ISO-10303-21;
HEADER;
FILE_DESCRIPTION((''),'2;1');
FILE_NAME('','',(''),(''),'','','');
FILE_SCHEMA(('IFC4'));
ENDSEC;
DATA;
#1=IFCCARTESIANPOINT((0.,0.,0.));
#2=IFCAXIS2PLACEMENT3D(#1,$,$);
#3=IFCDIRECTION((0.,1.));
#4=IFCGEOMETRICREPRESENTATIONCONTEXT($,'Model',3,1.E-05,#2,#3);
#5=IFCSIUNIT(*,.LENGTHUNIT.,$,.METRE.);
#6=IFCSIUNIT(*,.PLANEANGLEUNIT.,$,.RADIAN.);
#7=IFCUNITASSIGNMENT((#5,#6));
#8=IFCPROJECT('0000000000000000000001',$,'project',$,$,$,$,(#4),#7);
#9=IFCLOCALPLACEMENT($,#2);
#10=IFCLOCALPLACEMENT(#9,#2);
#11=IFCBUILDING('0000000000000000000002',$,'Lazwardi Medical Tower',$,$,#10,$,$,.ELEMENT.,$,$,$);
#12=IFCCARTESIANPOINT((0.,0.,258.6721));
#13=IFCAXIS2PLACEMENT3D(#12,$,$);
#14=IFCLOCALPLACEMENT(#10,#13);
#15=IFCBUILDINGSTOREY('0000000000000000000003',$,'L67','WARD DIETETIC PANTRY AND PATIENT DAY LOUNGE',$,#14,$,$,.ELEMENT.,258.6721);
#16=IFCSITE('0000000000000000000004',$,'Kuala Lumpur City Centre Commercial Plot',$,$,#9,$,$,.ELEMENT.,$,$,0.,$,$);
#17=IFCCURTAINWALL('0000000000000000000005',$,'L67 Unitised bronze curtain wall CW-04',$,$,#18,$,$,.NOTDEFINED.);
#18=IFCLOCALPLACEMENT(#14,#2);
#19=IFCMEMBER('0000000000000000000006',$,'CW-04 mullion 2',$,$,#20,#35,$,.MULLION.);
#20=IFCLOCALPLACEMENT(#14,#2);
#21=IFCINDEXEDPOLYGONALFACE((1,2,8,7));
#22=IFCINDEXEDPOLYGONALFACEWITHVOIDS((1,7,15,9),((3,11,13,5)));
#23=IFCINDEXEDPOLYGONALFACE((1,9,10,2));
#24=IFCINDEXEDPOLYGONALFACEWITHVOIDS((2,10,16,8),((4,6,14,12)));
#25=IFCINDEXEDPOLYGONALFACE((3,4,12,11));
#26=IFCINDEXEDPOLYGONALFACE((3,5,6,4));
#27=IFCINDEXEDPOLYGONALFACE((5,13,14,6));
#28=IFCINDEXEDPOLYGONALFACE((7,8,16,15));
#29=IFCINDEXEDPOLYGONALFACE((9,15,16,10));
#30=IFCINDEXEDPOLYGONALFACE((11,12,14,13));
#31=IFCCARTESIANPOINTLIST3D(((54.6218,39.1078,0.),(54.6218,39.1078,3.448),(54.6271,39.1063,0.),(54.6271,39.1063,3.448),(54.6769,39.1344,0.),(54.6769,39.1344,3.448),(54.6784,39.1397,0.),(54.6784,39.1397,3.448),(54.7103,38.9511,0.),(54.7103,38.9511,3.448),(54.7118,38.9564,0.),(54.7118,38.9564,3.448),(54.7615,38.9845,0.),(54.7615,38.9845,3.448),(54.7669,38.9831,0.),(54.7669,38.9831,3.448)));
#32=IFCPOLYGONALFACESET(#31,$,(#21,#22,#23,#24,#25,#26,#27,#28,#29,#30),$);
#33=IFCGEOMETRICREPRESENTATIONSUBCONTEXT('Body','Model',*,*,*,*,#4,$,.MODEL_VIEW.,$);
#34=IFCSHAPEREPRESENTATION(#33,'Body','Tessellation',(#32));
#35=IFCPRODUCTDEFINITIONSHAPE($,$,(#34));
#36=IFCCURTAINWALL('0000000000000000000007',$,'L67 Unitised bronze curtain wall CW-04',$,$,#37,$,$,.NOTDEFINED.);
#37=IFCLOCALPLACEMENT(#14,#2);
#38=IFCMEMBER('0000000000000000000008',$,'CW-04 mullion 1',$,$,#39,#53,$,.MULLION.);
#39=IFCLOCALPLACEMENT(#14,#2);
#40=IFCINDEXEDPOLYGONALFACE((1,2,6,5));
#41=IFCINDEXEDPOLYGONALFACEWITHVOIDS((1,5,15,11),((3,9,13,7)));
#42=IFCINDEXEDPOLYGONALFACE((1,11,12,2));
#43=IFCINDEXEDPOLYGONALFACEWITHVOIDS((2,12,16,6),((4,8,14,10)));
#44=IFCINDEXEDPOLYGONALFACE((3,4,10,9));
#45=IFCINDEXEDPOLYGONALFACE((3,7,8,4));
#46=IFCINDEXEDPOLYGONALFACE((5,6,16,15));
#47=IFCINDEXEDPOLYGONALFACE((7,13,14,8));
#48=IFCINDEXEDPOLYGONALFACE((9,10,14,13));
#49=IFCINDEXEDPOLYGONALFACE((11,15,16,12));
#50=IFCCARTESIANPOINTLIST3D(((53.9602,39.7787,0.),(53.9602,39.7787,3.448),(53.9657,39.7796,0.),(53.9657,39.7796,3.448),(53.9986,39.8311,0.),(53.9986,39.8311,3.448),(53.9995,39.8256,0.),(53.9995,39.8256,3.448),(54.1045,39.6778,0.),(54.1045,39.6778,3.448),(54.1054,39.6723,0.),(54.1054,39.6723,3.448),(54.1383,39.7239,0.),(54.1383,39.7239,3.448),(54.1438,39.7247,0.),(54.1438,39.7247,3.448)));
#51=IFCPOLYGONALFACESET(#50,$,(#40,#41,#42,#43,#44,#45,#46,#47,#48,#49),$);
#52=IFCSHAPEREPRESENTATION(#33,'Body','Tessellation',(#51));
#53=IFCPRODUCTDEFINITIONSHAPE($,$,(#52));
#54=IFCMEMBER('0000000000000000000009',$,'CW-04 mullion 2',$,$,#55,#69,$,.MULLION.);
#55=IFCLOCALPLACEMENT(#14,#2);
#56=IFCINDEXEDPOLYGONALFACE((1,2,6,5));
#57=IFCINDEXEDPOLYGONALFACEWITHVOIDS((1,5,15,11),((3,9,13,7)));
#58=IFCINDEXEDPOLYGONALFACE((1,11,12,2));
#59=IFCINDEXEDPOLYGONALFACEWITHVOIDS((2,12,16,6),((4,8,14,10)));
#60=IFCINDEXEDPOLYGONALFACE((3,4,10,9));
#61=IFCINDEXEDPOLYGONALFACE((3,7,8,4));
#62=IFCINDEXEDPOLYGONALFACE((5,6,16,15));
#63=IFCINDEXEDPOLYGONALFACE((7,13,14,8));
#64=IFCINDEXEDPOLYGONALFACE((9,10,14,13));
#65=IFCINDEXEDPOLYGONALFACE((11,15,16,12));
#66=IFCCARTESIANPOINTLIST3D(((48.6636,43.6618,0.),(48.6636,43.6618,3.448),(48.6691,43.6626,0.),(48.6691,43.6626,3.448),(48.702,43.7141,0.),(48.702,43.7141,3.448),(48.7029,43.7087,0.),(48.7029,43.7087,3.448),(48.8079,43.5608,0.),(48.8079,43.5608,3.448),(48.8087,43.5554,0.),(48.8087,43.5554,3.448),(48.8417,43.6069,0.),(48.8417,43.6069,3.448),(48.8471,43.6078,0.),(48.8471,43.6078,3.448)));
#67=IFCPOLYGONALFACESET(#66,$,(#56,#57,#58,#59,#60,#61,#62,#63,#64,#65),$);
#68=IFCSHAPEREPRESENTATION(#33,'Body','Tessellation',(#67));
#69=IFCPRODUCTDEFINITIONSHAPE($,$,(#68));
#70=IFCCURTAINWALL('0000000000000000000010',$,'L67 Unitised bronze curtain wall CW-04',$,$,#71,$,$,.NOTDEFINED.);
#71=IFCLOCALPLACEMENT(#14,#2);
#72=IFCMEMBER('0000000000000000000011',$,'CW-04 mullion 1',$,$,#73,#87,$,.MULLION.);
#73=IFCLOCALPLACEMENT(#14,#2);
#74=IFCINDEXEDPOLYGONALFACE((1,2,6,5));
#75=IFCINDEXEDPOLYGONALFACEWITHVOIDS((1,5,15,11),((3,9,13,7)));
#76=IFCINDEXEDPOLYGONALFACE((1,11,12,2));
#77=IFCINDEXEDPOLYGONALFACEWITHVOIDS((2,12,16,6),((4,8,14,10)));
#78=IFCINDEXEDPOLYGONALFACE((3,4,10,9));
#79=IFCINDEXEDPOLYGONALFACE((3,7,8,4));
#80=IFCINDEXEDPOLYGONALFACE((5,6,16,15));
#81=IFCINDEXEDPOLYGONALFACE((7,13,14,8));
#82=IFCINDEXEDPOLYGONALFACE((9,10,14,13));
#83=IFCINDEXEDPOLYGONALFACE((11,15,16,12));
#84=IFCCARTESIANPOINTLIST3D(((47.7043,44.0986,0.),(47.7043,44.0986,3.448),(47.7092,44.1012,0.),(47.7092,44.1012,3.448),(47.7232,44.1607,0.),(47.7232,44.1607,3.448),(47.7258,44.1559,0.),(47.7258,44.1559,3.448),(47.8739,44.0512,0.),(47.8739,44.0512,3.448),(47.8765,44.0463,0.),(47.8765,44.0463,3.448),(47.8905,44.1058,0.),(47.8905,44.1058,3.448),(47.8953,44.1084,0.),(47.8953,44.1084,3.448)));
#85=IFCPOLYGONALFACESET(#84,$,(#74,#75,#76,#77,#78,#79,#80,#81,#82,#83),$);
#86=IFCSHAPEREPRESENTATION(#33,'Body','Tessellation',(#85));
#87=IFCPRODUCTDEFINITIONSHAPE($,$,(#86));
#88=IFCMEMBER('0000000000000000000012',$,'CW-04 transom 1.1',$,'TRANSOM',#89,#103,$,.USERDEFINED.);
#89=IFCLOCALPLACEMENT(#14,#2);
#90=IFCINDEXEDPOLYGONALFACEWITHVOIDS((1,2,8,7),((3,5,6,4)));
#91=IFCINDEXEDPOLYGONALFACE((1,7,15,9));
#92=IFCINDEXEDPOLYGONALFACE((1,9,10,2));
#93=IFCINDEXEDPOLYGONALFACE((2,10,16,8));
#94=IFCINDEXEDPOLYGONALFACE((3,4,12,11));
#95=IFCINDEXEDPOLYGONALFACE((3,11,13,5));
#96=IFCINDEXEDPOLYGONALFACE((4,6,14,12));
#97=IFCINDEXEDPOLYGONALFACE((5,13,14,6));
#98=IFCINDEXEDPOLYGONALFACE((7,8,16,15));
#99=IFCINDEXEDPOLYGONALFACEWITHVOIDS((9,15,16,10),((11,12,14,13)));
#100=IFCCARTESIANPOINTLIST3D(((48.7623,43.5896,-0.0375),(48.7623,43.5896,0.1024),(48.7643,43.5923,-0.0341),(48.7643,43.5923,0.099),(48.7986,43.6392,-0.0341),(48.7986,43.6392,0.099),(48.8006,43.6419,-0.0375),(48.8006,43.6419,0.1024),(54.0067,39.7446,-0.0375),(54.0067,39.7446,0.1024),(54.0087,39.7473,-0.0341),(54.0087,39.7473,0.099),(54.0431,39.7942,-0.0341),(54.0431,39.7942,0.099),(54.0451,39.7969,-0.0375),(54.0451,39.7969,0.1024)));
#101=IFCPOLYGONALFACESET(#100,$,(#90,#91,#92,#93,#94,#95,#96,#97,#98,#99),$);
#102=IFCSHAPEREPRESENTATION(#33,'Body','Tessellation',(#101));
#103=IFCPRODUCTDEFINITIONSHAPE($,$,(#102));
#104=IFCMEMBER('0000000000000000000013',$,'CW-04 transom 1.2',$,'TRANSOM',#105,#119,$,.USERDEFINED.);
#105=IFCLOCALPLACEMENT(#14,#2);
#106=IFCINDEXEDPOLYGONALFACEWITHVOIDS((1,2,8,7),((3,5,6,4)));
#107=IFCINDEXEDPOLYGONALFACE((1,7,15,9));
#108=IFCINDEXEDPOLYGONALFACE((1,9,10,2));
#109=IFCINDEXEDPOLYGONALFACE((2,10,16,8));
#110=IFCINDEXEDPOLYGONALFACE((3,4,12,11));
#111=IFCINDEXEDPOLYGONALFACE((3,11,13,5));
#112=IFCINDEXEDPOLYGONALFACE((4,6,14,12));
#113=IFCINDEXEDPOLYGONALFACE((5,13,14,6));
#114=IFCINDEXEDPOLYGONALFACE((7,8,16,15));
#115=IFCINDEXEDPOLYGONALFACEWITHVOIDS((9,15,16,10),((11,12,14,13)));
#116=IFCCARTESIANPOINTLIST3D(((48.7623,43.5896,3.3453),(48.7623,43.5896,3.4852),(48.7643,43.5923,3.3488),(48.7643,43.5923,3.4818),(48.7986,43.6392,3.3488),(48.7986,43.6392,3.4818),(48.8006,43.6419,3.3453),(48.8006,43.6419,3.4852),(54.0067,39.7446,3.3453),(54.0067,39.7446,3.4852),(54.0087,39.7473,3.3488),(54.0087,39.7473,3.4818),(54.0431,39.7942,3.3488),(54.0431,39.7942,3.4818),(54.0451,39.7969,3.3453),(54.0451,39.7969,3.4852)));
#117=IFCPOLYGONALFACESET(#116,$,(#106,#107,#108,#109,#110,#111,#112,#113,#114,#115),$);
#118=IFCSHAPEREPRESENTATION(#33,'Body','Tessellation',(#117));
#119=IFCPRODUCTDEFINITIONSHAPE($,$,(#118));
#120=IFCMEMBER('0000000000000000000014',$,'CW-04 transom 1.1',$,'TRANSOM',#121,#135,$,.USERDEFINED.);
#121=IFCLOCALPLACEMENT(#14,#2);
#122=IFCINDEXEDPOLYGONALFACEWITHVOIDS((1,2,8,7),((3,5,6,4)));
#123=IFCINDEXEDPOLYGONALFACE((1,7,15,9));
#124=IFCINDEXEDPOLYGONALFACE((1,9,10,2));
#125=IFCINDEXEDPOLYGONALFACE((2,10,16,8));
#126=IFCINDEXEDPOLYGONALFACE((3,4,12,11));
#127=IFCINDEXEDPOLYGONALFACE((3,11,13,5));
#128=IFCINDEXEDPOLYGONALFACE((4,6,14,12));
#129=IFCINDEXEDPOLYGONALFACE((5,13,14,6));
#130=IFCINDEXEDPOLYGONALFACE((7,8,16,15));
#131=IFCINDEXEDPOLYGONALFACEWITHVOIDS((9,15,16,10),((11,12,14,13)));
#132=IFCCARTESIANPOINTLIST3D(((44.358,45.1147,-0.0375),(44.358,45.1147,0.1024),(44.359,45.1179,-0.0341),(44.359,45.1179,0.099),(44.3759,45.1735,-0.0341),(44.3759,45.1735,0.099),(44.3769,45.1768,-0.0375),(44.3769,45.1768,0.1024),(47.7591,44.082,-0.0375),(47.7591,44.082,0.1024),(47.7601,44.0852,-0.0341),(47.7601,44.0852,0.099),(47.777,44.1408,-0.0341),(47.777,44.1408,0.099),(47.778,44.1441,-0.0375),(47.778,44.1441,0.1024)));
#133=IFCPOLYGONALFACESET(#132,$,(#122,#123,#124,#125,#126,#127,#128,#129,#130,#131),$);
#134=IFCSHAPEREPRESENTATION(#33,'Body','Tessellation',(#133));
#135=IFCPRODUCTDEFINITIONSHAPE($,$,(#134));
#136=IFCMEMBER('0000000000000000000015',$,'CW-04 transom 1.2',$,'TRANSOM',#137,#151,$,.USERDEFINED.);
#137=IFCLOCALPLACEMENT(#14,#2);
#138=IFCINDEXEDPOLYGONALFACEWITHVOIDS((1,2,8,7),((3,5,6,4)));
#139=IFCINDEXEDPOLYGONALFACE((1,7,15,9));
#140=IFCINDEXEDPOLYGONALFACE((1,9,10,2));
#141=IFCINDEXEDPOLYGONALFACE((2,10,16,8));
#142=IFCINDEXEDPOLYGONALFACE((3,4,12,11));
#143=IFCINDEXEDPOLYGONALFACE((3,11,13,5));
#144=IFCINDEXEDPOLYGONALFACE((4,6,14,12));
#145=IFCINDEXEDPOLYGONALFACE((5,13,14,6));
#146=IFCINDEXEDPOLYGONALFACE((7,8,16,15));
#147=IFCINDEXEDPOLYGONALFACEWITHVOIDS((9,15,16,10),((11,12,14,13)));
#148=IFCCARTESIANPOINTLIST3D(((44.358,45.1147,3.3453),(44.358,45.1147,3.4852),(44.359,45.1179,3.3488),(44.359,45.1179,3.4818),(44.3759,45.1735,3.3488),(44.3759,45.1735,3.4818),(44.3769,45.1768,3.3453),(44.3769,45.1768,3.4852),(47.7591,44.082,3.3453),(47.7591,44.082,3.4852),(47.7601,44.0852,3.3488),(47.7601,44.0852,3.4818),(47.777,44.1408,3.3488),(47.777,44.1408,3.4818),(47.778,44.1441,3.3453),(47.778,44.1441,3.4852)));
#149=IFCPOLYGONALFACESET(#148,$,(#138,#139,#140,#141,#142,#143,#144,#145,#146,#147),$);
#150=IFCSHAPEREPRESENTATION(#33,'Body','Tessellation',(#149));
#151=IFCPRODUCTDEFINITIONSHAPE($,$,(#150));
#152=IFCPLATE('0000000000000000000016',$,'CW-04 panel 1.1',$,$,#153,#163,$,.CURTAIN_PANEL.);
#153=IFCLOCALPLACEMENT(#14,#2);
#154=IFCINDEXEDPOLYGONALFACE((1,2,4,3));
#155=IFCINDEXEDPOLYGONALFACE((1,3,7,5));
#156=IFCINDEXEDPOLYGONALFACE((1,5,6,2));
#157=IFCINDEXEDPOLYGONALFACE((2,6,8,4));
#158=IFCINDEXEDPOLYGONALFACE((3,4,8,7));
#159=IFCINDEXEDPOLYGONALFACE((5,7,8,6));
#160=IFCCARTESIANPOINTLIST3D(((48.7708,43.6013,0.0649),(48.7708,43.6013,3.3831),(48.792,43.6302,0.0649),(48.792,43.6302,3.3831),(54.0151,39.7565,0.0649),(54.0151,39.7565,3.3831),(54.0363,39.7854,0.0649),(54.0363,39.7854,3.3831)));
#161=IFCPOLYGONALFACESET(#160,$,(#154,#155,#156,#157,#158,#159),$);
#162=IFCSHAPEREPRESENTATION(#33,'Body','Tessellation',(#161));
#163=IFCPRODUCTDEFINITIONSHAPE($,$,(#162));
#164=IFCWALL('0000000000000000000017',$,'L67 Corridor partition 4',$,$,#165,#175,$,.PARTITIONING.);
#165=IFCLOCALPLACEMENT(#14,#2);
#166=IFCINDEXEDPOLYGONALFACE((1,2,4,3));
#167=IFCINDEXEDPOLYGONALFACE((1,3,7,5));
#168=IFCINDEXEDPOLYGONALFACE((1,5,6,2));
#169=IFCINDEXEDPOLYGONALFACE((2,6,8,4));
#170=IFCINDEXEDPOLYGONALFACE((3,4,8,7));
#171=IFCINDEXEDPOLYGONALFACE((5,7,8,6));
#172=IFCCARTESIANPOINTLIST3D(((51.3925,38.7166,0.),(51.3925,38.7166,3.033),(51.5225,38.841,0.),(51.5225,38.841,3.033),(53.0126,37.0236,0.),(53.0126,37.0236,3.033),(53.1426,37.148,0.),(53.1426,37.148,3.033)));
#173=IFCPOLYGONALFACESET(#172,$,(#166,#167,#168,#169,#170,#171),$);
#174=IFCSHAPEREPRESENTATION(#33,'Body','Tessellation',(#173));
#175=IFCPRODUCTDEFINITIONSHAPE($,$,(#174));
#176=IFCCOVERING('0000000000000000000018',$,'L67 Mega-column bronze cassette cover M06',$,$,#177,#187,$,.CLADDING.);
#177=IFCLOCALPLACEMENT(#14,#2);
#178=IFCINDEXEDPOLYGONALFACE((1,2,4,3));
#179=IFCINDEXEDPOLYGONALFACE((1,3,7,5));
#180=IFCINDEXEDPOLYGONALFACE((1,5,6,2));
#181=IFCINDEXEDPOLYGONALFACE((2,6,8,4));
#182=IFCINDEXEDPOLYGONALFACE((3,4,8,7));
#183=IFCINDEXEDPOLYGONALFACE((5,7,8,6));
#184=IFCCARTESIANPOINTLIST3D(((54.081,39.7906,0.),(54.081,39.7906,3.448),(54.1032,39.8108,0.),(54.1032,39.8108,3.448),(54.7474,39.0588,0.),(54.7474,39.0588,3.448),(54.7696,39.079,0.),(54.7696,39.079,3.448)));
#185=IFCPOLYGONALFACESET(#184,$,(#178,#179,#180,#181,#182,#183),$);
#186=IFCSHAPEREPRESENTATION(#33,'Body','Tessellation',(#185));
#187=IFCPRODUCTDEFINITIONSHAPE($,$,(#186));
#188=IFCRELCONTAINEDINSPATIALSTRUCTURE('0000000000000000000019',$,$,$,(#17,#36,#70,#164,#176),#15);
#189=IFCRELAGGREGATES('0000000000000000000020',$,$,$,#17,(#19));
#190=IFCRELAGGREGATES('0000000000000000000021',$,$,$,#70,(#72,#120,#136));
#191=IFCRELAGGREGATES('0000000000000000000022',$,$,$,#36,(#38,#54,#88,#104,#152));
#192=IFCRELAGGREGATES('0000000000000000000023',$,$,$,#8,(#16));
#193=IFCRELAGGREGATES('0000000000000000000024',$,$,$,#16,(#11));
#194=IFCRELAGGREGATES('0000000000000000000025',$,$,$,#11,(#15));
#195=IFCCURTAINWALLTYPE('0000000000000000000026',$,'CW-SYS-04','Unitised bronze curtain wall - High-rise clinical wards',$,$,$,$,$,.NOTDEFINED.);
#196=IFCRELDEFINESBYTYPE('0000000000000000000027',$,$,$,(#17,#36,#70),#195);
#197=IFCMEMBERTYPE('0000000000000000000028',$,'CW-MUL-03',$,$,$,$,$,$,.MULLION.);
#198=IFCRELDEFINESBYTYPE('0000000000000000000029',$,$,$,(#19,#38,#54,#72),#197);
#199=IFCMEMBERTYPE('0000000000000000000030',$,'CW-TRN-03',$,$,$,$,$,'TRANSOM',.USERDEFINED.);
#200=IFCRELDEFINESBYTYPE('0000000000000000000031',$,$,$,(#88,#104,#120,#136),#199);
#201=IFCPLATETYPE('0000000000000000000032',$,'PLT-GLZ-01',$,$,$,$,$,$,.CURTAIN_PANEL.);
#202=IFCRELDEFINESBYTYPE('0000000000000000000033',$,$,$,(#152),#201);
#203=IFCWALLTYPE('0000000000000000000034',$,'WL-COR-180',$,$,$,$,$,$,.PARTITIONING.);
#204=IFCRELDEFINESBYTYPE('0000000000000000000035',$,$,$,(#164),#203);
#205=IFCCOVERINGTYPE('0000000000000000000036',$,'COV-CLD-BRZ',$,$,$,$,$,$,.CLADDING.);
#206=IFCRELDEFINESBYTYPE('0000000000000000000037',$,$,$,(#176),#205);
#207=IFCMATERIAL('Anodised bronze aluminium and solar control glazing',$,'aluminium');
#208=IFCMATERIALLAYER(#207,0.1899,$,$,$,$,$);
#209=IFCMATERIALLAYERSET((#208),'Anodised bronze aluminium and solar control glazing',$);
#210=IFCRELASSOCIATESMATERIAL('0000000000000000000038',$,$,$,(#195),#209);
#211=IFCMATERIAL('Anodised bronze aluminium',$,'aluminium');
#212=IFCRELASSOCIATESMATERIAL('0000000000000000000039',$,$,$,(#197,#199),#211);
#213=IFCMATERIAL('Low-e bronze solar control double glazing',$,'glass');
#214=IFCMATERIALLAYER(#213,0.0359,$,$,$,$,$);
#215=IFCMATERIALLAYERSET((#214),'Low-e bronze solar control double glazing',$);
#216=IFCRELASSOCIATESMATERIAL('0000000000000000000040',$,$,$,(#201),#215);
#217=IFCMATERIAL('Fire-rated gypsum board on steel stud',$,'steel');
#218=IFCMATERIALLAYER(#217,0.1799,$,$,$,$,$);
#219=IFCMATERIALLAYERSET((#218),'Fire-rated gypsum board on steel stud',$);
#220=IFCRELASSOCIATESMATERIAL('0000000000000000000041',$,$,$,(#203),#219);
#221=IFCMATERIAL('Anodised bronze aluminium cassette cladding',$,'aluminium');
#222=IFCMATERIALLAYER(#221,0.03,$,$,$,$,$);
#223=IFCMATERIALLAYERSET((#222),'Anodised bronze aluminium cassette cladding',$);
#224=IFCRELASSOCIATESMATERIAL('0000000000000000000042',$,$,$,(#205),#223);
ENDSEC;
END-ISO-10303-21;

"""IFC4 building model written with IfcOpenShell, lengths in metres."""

from ifc_helpers import new_model, si_unit, direction, frame, frame_2d, origin, origin_2d, place, context, subcontext, project, spatial, rectangle, hollow_rectangle, extrude, material, layer, layer_set, material_profile, profile_set, type_object, element, aggregate, save


model = new_model("IFC4")

# Units and contexts
model_context = context("Model", 3, precision=1e-05, world=origin(), true_north=direction((0.0, 1.0)))
body_context = subcontext(model_context, "Body", "Model", "MODEL_VIEW")
ifc_project = project(units=[si_unit("LENGTHUNIT", "METRE"), si_unit("PLANEANGLEUNIT", "RADIAN")], contexts=[model_context])

# Site, building, storey
site_placement = place(None, origin())
site = spatial("IfcSite", under=ifc_project, at=site_placement, Name="Kuala Lumpur City Centre Commercial Plot", CompositionType="ELEMENT", RefElevation=0.0)
building_placement = place(site_placement, origin())
building = spatial("IfcBuilding", under=site, at=building_placement, Name="Lazwardi Medical Tower", CompositionType="ELEMENT")
storey_placement = place(building_placement, frame((0.0, 0.0, 258.6721)))
storey = spatial("IfcBuildingStorey", under=building, at=storey_placement, Name="L67", Description="WARD DIETETIC PANTRY AND PATIENT DAY LOUNGE", CompositionType="ELEMENT", Elevation=258.6721)

# Curtain wall, member
ifc_material_1 = material(Name="Anodised bronze aluminium and solar control glazing", Category="aluminium")
ifc_layer_1 = layer(ifc_material_1, 0.1899)
ifc_layer_set_1 = layer_set([ifc_layer_1], Name="Anodised bronze aluminium and solar control glazing")
curtain_wall_type = type_object("IfcCurtainWallType", Name="CW-SYS-04", Description="Unitised bronze curtain wall - High-rise clinical wards", PredefinedType="NOTDEFINED", material=ifc_layer_set_1)
curtain_wall_1_placement = place(storey_placement, origin())
curtain_wall_1 = element("IfcCurtainWall", 1, at=curtain_wall_1_placement, inside=storey, type_object=curtain_wall_type, Name="L67 Unitised bronze curtain wall CW-04", PredefinedType="NOTDEFINED")
ifc_material_2 = material(Name="Anodised bronze aluminium", Category="aluminium")
ifc_material_profile_1 = material_profile(ifc_material_2, hollow_rectangle(XDim=0.0649, YDim=0.1799, WallThickness=0.0039, at=origin_2d()), Name="ALU-MULLION 180x65x4")
ifc_profile_set_1 = profile_set([ifc_material_profile_1], Name="Anodised bronze aluminium")
member_type_1 = type_object("IfcMemberType", Name="CW-MUL-03", PredefinedType="MULLION", material=ifc_profile_set_1)
member_1_placement = place(storey_placement, frame((54.6943, 39.0454, 0.0), z_axis=(0.0, 0.0, 1.0), x_axis=(-0.870651, -0.4919, 0.0)))
member_1 = element("IfcMember", 2, at=member_1_placement, type_object=member_type_1, Name="CW-04 mullion 2", PredefinedType="MULLION", context=body_context, shape_type="SweptSolid", body=[
    extrude(hollow_rectangle(XDim=0.0649, YDim=0.1799, WallThickness=0.0039, at=origin_2d()), origin(), (0.0, 0.0, 1.0), 3.448),
])
aggregate(curtain_wall_1, [member_1])

# Curtain wall, members
curtain_wall_2_placement = place(storey_placement, origin())
curtain_wall_2 = element("IfcCurtainWall", 3, at=curtain_wall_2_placement, inside=storey, type_object=curtain_wall_type, Name="L67 Unitised bronze curtain wall CW-04", PredefinedType="NOTDEFINED")
member_2_placement = place(storey_placement, frame((54.052, 39.7517, 0.0), z_axis=(0.0, 0.0, 1.0), x_axis=(-0.591268, -0.806475, 0.0)))
member_2 = element("IfcMember", 4, at=member_2_placement, type_object=member_type_1, Name="CW-04 mullion 1", PredefinedType="MULLION", context=body_context, shape_type="SweptSolid", body=[
    extrude(hollow_rectangle(XDim=0.0649, YDim=0.1799, WallThickness=0.0039, at=origin_2d()), origin(), (0.0, 0.0, 1.0), 3.448),
])
member_3_placement = place(storey_placement, frame((48.7554, 43.6348, 0.0), z_axis=(0.0, 0.0, 1.0), x_axis=(-0.591268, -0.806475, 0.0)))
member_3 = element("IfcMember", 5, at=member_3_placement, type_object=member_type_1, Name="CW-04 mullion 2", PredefinedType="MULLION", context=body_context, shape_type="SweptSolid", body=[
    extrude(hollow_rectangle(XDim=0.0649, YDim=0.1799, WallThickness=0.0039, at=origin_2d()), origin(), (0.0, 0.0, 1.0), 3.448),
])

# Curtain wall, member
curtain_wall_3_placement = place(storey_placement, origin())
curtain_wall_3 = element("IfcCurtainWall", 6, at=curtain_wall_3_placement, inside=storey, type_object=curtain_wall_type, Name="L67 Unitised bronze curtain wall CW-04", PredefinedType="NOTDEFINED")
member_4_placement = place(storey_placement, frame((47.7998, 44.1035, 0.0), z_axis=(0.0, 0.0, 1.0), x_axis=(-0.290582, -0.95685, 0.0)))
member_4 = element("IfcMember", 7, at=member_4_placement, type_object=member_type_1, Name="CW-04 mullion 1", PredefinedType="MULLION", context=body_context, shape_type="SweptSolid", body=[
    extrude(hollow_rectangle(XDim=0.0649, YDim=0.1799, WallThickness=0.0039, at=origin_2d()), origin(), (0.0, 0.0, 1.0), 3.448),
])

# Members
ifc_material_profile_2 = material_profile(ifc_material_2, hollow_rectangle(XDim=0.0649, YDim=0.1399, WallThickness=0.0034, at=origin_2d()), Name="ALU-TRANSOM 140x65x3.5")
ifc_profile_set_2 = profile_set([ifc_material_profile_2], Name="Anodised bronze aluminium")
member_type_2 = type_object("IfcMemberType", Name="CW-TRN-03", ElementType="TRANSOM", PredefinedType="USERDEFINED", material=ifc_profile_set_2)
member_5_placement = place(storey_placement, frame((54.0259, 39.7708, 0.0325), z_axis=(-0.806472, 0.591273, 0.0), x_axis=(-0.591273, -0.806472, 0.0)))
member_5 = element("IfcMember", 8, at=member_5_placement, type_object=member_type_2, Name="CW-04 transom 1.1", ObjectType="TRANSOM", PredefinedType="USERDEFINED", context=body_context, shape_type="SweptSolid", body=[
    extrude(hollow_rectangle(XDim=0.0649, YDim=0.1399, WallThickness=0.0034, at=origin_2d()), origin(), (0.0, 0.0, 1.0), 6.5029),
])
member_6_placement = place(storey_placement, frame((54.0259, 39.7708, 3.4153), z_axis=(-0.806472, 0.591273, 0.0), x_axis=(-0.591273, -0.806472, 0.0)))
member_6 = element("IfcMember", 9, at=member_6_placement, type_object=member_type_2, Name="CW-04 transom 1.2", ObjectType="TRANSOM", PredefinedType="USERDEFINED", context=body_context, shape_type="SweptSolid", body=[
    extrude(hollow_rectangle(XDim=0.0649, YDim=0.1399, WallThickness=0.0034, at=origin_2d()), origin(), (0.0, 0.0, 1.0), 6.5029),
])
member_7_placement = place(storey_placement, frame((47.7686, 44.113, 0.0325), z_axis=(-0.956863, 0.290541, 0.0), x_axis=(-0.290541, -0.956863, 0.0)))
member_7 = element("IfcMember", 10, at=member_7_placement, type_object=member_type_2, Name="CW-04 transom 1.1", ObjectType="TRANSOM", PredefinedType="USERDEFINED", context=body_context, shape_type="SweptSolid", body=[
    extrude(hollow_rectangle(XDim=0.0649, YDim=0.1399, WallThickness=0.0034, at=origin_2d()), origin(), (0.0, 0.0, 1.0), 3.5544),
])
member_8_placement = place(storey_placement, frame((47.7686, 44.113, 3.4153), z_axis=(-0.956863, 0.290541, 0.0), x_axis=(-0.290541, -0.956863, 0.0)))
member_8 = element("IfcMember", 11, at=member_8_placement, type_object=member_type_2, Name="CW-04 transom 1.2", ObjectType="TRANSOM", PredefinedType="USERDEFINED", context=body_context, shape_type="SweptSolid", body=[
    extrude(hollow_rectangle(XDim=0.0649, YDim=0.1399, WallThickness=0.0034, at=origin_2d()), origin(), (0.0, 0.0, 1.0), 3.5544),
])
aggregate(curtain_wall_3, [member_4, member_7, member_8])

# Plate
ifc_material_3 = material(Name="Low-e bronze solar control double glazing", Category="glass")
ifc_layer_2 = layer(ifc_material_3, 0.0359)
ifc_layer_set_2 = layer_set([ifc_layer_2], Name="Low-e bronze solar control double glazing")
plate_type = type_object("IfcPlateType", Name="PLT-GLZ-01", PredefinedType="CURTAIN_PANEL", material=ifc_layer_set_2)
plate_placement = place(storey_placement, frame((51.4036, 41.6934, 0.0649), z_axis=(0.0, 0.0, 1.0), x_axis=(-0.806475, 0.591268, 0.0)))
plate = element("IfcPlate", 12, at=plate_placement, type_object=plate_type, Name="CW-04 panel 1.1", PredefinedType="CURTAIN_PANEL", context=body_context, shape_type="SweptSolid", body=[
    extrude(rectangle(XDim=6.5027, YDim=0.0359, at=origin_2d()), origin(), (0.0, 0.0, 1.0), 3.3181),
])
aggregate(curtain_wall_2, [member_2, member_3, member_5, member_6, plate])

# Wall
ifc_material_4 = material(Name="Fire-rated gypsum board on steel stud", Category="steel")
ifc_layer_3 = layer(ifc_material_4, 0.1799)
ifc_layer_set_3 = layer_set([ifc_layer_3], Name="Fire-rated gypsum board on steel stud")
wall_type = type_object("IfcWallType", Name="WL-COR-180", PredefinedType="PARTITIONING", material=ifc_layer_set_3)
wall_placement = place(storey_placement, frame((51.4575, 38.7788, 0.0), z_axis=(0.0, 0.0, 1.0), x_axis=(0.69136, -0.722511, 0.0)))
element("IfcWall", 13, at=wall_placement, inside=storey, type_object=wall_type, Name="L67 Corridor partition 4", PredefinedType="PARTITIONING", context=body_context, shape_type="SweptSolid", body=[
    extrude(rectangle(XDim=2.3433, YDim=0.1799, at=frame_2d((1.1716, 0.0))), origin(), (0.0, 0.0, 1.0), 3.033),
])

# Covering
ifc_material_5 = material(Name="Anodised bronze aluminium cassette cladding", Category="aluminium")
ifc_layer_4 = layer(ifc_material_5, 0.03)
ifc_layer_set_4 = layer_set([ifc_layer_4], Name="Anodised bronze aluminium cassette cladding")
covering_type = type_object("IfcCoveringType", Name="COV-CLD-BRZ", PredefinedType="CLADDING", material=ifc_layer_set_4)
covering_1_placement = place(storey_placement, frame((54.4253, 39.4348, 0.0), z_axis=(0.0, 0.0, 1.0), x_axis=(-0.673241, 0.739423, 0.0)))
element("IfcCovering", 14, at=covering_1_placement, inside=storey, type_object=covering_type, Name="L67 Mega-column bronze cassette cover M06", PredefinedType="CLADDING", context=body_context, shape_type="SweptSolid", body=[
    extrude(rectangle(XDim=0.9897, YDim=0.03, at=origin_2d()), origin(), (0.0, 0.0, 1.0), 3.448),
])

save(model, "model.ifc")
